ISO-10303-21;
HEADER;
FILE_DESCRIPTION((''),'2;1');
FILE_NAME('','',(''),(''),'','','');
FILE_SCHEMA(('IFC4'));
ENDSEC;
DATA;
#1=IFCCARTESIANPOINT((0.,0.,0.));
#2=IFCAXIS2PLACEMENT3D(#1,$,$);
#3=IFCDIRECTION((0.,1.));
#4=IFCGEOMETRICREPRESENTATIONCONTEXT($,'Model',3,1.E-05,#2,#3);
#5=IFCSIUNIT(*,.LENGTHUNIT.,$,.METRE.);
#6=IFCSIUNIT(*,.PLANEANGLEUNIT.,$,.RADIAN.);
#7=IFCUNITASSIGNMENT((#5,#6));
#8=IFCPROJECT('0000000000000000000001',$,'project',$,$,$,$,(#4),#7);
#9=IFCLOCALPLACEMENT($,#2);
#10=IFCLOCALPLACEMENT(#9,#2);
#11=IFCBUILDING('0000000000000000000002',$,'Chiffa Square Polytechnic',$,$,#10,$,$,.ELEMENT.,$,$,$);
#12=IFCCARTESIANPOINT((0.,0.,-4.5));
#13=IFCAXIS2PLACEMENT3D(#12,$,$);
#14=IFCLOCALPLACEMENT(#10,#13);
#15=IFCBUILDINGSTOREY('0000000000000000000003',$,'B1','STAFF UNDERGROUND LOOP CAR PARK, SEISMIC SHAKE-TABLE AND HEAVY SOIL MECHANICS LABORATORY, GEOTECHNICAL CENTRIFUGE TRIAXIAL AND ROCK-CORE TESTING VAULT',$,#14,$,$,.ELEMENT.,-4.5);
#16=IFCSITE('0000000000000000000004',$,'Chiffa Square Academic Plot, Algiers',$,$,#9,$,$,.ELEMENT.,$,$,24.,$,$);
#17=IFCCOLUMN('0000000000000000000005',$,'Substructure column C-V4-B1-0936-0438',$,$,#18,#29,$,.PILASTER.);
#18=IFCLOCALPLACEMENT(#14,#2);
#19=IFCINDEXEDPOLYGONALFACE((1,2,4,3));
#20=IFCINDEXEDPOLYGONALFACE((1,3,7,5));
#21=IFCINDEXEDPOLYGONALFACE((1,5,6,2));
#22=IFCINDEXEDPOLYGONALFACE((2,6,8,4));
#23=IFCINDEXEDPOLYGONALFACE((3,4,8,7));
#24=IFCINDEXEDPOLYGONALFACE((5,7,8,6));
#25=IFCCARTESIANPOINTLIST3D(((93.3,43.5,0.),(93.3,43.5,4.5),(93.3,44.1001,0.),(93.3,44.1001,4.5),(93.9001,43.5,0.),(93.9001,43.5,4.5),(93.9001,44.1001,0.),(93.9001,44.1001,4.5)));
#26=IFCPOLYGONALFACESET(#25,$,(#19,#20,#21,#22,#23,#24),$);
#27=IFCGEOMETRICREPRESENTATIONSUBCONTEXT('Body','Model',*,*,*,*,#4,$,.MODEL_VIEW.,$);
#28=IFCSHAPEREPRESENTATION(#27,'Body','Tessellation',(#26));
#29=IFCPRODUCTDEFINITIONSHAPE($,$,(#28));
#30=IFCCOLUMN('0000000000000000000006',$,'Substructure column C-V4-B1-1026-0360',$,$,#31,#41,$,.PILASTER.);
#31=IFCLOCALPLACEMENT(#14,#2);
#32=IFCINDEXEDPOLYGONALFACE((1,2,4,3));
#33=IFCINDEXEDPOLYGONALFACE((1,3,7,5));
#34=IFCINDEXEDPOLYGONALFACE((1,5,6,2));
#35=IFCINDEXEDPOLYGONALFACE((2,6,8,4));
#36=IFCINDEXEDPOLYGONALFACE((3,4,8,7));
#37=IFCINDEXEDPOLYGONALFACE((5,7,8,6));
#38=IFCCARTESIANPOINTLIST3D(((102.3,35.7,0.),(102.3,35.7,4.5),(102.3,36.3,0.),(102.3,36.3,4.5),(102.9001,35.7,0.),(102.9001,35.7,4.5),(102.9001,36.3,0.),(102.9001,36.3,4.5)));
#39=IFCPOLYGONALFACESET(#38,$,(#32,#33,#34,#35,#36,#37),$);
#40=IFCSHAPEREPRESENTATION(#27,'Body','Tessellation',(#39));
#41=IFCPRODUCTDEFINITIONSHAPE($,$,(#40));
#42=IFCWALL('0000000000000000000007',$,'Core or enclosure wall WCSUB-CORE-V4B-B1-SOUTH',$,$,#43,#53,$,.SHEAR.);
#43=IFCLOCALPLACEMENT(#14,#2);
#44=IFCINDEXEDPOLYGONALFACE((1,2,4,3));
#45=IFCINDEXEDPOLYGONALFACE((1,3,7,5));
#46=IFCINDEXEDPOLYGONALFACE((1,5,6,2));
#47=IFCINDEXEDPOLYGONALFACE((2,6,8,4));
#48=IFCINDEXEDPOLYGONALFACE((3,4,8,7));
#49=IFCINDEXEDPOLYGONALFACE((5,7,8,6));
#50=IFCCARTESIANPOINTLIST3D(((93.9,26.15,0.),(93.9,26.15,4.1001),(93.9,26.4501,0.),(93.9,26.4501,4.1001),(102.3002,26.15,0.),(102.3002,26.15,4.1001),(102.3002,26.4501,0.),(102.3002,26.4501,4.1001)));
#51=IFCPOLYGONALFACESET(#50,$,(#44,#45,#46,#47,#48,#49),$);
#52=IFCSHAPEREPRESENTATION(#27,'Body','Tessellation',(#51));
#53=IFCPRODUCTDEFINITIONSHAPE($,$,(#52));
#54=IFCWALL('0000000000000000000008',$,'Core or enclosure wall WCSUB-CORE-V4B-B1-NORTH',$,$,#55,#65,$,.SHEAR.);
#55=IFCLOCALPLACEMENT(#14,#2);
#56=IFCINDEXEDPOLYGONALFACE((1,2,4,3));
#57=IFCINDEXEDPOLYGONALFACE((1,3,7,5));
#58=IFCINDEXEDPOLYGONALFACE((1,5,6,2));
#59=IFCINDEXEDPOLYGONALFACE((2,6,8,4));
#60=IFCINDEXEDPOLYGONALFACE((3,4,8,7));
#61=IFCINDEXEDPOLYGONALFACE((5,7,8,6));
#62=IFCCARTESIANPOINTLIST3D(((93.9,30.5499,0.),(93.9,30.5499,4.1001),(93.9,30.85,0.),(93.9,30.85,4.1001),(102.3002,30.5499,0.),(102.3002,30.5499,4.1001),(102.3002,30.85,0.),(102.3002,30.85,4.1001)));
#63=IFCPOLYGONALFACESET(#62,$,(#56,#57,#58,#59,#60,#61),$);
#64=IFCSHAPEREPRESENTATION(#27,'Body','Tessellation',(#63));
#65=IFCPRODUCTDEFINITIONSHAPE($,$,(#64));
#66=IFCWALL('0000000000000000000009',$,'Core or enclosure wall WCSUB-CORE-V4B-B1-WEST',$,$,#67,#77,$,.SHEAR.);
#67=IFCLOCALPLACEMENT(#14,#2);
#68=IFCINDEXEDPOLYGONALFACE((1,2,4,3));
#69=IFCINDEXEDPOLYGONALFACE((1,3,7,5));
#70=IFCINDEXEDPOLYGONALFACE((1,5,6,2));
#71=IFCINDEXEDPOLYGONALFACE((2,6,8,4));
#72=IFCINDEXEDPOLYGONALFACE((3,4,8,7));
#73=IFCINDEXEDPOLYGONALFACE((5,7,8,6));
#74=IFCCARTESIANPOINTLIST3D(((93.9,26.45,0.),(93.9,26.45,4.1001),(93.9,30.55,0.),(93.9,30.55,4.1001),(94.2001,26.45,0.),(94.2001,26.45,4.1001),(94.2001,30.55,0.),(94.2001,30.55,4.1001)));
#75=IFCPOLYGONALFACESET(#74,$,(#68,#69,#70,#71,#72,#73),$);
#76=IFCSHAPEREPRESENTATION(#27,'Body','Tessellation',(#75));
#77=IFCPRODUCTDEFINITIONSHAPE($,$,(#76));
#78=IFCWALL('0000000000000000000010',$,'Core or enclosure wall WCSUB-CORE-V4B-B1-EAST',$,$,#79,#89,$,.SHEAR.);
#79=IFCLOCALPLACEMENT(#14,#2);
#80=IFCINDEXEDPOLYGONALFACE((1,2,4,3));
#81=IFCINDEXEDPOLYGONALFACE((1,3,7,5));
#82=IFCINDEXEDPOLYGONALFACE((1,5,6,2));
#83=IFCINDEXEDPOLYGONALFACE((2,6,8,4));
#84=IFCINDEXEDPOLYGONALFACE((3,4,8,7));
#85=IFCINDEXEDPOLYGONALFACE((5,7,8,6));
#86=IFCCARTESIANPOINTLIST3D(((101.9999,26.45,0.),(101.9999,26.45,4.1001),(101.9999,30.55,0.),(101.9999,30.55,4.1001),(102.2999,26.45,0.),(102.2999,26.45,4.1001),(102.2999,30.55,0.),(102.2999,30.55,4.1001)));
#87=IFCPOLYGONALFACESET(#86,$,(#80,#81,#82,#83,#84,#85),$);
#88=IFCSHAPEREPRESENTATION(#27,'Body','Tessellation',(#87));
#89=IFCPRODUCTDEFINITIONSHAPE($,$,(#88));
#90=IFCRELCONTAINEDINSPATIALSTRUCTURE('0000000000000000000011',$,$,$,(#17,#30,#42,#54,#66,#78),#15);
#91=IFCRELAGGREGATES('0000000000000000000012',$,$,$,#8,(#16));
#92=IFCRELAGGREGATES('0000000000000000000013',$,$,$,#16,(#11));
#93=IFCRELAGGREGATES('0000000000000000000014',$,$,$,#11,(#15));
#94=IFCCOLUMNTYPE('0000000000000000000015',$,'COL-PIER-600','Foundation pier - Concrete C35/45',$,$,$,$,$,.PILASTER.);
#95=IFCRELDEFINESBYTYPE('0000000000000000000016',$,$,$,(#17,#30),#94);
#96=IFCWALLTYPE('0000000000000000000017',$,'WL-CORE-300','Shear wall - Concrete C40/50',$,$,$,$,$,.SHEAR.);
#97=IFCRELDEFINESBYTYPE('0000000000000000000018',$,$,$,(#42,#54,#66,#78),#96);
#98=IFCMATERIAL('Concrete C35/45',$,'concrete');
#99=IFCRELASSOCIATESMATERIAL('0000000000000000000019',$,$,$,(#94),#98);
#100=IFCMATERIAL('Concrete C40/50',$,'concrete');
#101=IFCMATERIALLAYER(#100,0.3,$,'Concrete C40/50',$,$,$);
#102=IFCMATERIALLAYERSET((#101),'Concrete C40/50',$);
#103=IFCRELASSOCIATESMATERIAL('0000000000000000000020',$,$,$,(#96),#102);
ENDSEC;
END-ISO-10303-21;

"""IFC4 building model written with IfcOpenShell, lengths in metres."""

from ifc_helpers import new_model, si_unit, direction, frame, frame_2d, origin, origin_2d, place, context, subcontext, project, spatial, rectangle, extrude, material, layer, layer_set, material_profile, profile_set, type_object, element, save


model = new_model("IFC4")

# Units and contexts
model_context = context("Model", 3, precision=1e-05, world=origin(), true_north=direction((0.0, 1.0)))
body_context = subcontext(model_context, "Body", "Model", "MODEL_VIEW")
ifc_project = project(units=[si_unit("LENGTHUNIT", "METRE"), si_unit("PLANEANGLEUNIT", "RADIAN")], contexts=[model_context])

# Site, building, storey
site_placement = place(None, origin())
site = spatial("IfcSite", under=ifc_project, at=site_placement, Name="Chiffa Square Academic Plot, Algiers", CompositionType="ELEMENT", RefElevation=24.0)
building_placement = place(site_placement, origin())
building = spatial("IfcBuilding", under=site, at=building_placement, Name="Chiffa Square Polytechnic", CompositionType="ELEMENT")
storey_placement = place(building_placement, frame((0.0, 0.0, -4.5)))
storey = spatial("IfcBuildingStorey", under=building, at=storey_placement, Name="B1", Description="STAFF UNDERGROUND LOOP CAR PARK, SEISMIC SHAKE-TABLE AND HEAVY SOIL MECHANICS LABORATORY, GEOTECHNICAL CENTRIFUGE TRIAXIAL AND ROCK-CORE TESTING VAULT", CompositionType="ELEMENT", Elevation=-4.5)

# Shared definitions
ifc_material_1 = material(Name="Concrete C35/45", Category="concrete")

# Columns
ifc_material_profile_1 = material_profile(ifc_material_1, rectangle(XDim=0.6001, YDim=0.6001, at=origin_2d()), Name="RC 600x600")
ifc_profile_set_1 = profile_set([ifc_material_profile_1], Name="Concrete C35/45")
column_type = type_object("IfcColumnType", Name="COL-PIER-600", Description="Foundation pier - Concrete C35/45", PredefinedType="PILASTER", material=ifc_profile_set_1)
for number, where, z_axis, x_axis, name in (
    (1, (93.6001, 43.8, 0.0), (0.0, 0.0, 1.0), (1.0, 0.0, 0.0), "Substructure column C-V4-B1-0936-0438"),
    (2, (102.6001, 36.0, 0.0), (0.0, 0.0, 1.0), (1.0, 0.0, 0.0), "Substructure column C-V4-B1-1026-0360"),
):
    element("IfcColumn", number, at=place(storey_placement, frame(where, z_axis=z_axis, x_axis=x_axis)), inside=storey, type_object=column_type, Name=name, PredefinedType="PILASTER", context=body_context, shape_type="SweptSolid", body=[
        extrude(rectangle(XDim=0.6001, YDim=0.6001, at=origin_2d()), origin(), (0.0, 0.0, 1.0), 4.5),
    ])

# Walls
ifc_material_2 = material(Name="Concrete C40/50", Category="concrete")
ifc_layer_1 = layer(ifc_material_2, 0.3, Name="Concrete C40/50")
ifc_layer_set_1 = layer_set([ifc_layer_1], Name="Concrete C40/50")
wall_type = type_object("IfcWallType", Name="WL-CORE-300", Description="Shear wall - Concrete C40/50", PredefinedType="SHEAR", material=ifc_layer_set_1)
for number, where, z_axis, x_axis, name in (
    (3, (93.8999, 26.3, 0.0), (0.0, 0.0, 1.0), (1.0, 0.0, 0.0), "Core or enclosure wall WCSUB-CORE-V4B-B1-SOUTH"),
    (4, (93.8999, 30.7, 0.0), (0.0, 0.0, 1.0), (1.0, 0.0, 0.0), "Core or enclosure wall WCSUB-CORE-V4B-B1-NORTH"),
):
    element("IfcWall", number, at=place(storey_placement, frame(where, z_axis=z_axis, x_axis=x_axis)), inside=storey, type_object=wall_type, Name=name, PredefinedType="SHEAR", context=body_context, shape_type="SweptSolid", body=[
        extrude(rectangle(XDim=8.4001, YDim=0.3, at=frame_2d((4.2002, 0.0))), origin(), (0.0, 0.0, 1.0), 4.1001),
    ])
for number, where, z_axis, x_axis, name in (
    (5, (94.05, 26.45, 0.0), (0.0, 0.0, 1.0), (0.0, 1.0, 0.0), "Core or enclosure wall WCSUB-CORE-V4B-B1-WEST"),
    (6, (102.1499, 26.45, 0.0), (0.0, 0.0, 1.0), (0.0, 1.0, 0.0), "Core or enclosure wall WCSUB-CORE-V4B-B1-EAST"),
):
    element("IfcWall", number, at=place(storey_placement, frame(where, z_axis=z_axis, x_axis=x_axis)), inside=storey, type_object=wall_type, Name=name, PredefinedType="SHEAR", context=body_context, shape_type="SweptSolid", body=[
        extrude(rectangle(XDim=4.1001, YDim=0.3, at=frame_2d((2.05, 0.0))), origin(), (0.0, 0.0, 1.0), 4.1001),
    ])

save(model, "model.ifc")
